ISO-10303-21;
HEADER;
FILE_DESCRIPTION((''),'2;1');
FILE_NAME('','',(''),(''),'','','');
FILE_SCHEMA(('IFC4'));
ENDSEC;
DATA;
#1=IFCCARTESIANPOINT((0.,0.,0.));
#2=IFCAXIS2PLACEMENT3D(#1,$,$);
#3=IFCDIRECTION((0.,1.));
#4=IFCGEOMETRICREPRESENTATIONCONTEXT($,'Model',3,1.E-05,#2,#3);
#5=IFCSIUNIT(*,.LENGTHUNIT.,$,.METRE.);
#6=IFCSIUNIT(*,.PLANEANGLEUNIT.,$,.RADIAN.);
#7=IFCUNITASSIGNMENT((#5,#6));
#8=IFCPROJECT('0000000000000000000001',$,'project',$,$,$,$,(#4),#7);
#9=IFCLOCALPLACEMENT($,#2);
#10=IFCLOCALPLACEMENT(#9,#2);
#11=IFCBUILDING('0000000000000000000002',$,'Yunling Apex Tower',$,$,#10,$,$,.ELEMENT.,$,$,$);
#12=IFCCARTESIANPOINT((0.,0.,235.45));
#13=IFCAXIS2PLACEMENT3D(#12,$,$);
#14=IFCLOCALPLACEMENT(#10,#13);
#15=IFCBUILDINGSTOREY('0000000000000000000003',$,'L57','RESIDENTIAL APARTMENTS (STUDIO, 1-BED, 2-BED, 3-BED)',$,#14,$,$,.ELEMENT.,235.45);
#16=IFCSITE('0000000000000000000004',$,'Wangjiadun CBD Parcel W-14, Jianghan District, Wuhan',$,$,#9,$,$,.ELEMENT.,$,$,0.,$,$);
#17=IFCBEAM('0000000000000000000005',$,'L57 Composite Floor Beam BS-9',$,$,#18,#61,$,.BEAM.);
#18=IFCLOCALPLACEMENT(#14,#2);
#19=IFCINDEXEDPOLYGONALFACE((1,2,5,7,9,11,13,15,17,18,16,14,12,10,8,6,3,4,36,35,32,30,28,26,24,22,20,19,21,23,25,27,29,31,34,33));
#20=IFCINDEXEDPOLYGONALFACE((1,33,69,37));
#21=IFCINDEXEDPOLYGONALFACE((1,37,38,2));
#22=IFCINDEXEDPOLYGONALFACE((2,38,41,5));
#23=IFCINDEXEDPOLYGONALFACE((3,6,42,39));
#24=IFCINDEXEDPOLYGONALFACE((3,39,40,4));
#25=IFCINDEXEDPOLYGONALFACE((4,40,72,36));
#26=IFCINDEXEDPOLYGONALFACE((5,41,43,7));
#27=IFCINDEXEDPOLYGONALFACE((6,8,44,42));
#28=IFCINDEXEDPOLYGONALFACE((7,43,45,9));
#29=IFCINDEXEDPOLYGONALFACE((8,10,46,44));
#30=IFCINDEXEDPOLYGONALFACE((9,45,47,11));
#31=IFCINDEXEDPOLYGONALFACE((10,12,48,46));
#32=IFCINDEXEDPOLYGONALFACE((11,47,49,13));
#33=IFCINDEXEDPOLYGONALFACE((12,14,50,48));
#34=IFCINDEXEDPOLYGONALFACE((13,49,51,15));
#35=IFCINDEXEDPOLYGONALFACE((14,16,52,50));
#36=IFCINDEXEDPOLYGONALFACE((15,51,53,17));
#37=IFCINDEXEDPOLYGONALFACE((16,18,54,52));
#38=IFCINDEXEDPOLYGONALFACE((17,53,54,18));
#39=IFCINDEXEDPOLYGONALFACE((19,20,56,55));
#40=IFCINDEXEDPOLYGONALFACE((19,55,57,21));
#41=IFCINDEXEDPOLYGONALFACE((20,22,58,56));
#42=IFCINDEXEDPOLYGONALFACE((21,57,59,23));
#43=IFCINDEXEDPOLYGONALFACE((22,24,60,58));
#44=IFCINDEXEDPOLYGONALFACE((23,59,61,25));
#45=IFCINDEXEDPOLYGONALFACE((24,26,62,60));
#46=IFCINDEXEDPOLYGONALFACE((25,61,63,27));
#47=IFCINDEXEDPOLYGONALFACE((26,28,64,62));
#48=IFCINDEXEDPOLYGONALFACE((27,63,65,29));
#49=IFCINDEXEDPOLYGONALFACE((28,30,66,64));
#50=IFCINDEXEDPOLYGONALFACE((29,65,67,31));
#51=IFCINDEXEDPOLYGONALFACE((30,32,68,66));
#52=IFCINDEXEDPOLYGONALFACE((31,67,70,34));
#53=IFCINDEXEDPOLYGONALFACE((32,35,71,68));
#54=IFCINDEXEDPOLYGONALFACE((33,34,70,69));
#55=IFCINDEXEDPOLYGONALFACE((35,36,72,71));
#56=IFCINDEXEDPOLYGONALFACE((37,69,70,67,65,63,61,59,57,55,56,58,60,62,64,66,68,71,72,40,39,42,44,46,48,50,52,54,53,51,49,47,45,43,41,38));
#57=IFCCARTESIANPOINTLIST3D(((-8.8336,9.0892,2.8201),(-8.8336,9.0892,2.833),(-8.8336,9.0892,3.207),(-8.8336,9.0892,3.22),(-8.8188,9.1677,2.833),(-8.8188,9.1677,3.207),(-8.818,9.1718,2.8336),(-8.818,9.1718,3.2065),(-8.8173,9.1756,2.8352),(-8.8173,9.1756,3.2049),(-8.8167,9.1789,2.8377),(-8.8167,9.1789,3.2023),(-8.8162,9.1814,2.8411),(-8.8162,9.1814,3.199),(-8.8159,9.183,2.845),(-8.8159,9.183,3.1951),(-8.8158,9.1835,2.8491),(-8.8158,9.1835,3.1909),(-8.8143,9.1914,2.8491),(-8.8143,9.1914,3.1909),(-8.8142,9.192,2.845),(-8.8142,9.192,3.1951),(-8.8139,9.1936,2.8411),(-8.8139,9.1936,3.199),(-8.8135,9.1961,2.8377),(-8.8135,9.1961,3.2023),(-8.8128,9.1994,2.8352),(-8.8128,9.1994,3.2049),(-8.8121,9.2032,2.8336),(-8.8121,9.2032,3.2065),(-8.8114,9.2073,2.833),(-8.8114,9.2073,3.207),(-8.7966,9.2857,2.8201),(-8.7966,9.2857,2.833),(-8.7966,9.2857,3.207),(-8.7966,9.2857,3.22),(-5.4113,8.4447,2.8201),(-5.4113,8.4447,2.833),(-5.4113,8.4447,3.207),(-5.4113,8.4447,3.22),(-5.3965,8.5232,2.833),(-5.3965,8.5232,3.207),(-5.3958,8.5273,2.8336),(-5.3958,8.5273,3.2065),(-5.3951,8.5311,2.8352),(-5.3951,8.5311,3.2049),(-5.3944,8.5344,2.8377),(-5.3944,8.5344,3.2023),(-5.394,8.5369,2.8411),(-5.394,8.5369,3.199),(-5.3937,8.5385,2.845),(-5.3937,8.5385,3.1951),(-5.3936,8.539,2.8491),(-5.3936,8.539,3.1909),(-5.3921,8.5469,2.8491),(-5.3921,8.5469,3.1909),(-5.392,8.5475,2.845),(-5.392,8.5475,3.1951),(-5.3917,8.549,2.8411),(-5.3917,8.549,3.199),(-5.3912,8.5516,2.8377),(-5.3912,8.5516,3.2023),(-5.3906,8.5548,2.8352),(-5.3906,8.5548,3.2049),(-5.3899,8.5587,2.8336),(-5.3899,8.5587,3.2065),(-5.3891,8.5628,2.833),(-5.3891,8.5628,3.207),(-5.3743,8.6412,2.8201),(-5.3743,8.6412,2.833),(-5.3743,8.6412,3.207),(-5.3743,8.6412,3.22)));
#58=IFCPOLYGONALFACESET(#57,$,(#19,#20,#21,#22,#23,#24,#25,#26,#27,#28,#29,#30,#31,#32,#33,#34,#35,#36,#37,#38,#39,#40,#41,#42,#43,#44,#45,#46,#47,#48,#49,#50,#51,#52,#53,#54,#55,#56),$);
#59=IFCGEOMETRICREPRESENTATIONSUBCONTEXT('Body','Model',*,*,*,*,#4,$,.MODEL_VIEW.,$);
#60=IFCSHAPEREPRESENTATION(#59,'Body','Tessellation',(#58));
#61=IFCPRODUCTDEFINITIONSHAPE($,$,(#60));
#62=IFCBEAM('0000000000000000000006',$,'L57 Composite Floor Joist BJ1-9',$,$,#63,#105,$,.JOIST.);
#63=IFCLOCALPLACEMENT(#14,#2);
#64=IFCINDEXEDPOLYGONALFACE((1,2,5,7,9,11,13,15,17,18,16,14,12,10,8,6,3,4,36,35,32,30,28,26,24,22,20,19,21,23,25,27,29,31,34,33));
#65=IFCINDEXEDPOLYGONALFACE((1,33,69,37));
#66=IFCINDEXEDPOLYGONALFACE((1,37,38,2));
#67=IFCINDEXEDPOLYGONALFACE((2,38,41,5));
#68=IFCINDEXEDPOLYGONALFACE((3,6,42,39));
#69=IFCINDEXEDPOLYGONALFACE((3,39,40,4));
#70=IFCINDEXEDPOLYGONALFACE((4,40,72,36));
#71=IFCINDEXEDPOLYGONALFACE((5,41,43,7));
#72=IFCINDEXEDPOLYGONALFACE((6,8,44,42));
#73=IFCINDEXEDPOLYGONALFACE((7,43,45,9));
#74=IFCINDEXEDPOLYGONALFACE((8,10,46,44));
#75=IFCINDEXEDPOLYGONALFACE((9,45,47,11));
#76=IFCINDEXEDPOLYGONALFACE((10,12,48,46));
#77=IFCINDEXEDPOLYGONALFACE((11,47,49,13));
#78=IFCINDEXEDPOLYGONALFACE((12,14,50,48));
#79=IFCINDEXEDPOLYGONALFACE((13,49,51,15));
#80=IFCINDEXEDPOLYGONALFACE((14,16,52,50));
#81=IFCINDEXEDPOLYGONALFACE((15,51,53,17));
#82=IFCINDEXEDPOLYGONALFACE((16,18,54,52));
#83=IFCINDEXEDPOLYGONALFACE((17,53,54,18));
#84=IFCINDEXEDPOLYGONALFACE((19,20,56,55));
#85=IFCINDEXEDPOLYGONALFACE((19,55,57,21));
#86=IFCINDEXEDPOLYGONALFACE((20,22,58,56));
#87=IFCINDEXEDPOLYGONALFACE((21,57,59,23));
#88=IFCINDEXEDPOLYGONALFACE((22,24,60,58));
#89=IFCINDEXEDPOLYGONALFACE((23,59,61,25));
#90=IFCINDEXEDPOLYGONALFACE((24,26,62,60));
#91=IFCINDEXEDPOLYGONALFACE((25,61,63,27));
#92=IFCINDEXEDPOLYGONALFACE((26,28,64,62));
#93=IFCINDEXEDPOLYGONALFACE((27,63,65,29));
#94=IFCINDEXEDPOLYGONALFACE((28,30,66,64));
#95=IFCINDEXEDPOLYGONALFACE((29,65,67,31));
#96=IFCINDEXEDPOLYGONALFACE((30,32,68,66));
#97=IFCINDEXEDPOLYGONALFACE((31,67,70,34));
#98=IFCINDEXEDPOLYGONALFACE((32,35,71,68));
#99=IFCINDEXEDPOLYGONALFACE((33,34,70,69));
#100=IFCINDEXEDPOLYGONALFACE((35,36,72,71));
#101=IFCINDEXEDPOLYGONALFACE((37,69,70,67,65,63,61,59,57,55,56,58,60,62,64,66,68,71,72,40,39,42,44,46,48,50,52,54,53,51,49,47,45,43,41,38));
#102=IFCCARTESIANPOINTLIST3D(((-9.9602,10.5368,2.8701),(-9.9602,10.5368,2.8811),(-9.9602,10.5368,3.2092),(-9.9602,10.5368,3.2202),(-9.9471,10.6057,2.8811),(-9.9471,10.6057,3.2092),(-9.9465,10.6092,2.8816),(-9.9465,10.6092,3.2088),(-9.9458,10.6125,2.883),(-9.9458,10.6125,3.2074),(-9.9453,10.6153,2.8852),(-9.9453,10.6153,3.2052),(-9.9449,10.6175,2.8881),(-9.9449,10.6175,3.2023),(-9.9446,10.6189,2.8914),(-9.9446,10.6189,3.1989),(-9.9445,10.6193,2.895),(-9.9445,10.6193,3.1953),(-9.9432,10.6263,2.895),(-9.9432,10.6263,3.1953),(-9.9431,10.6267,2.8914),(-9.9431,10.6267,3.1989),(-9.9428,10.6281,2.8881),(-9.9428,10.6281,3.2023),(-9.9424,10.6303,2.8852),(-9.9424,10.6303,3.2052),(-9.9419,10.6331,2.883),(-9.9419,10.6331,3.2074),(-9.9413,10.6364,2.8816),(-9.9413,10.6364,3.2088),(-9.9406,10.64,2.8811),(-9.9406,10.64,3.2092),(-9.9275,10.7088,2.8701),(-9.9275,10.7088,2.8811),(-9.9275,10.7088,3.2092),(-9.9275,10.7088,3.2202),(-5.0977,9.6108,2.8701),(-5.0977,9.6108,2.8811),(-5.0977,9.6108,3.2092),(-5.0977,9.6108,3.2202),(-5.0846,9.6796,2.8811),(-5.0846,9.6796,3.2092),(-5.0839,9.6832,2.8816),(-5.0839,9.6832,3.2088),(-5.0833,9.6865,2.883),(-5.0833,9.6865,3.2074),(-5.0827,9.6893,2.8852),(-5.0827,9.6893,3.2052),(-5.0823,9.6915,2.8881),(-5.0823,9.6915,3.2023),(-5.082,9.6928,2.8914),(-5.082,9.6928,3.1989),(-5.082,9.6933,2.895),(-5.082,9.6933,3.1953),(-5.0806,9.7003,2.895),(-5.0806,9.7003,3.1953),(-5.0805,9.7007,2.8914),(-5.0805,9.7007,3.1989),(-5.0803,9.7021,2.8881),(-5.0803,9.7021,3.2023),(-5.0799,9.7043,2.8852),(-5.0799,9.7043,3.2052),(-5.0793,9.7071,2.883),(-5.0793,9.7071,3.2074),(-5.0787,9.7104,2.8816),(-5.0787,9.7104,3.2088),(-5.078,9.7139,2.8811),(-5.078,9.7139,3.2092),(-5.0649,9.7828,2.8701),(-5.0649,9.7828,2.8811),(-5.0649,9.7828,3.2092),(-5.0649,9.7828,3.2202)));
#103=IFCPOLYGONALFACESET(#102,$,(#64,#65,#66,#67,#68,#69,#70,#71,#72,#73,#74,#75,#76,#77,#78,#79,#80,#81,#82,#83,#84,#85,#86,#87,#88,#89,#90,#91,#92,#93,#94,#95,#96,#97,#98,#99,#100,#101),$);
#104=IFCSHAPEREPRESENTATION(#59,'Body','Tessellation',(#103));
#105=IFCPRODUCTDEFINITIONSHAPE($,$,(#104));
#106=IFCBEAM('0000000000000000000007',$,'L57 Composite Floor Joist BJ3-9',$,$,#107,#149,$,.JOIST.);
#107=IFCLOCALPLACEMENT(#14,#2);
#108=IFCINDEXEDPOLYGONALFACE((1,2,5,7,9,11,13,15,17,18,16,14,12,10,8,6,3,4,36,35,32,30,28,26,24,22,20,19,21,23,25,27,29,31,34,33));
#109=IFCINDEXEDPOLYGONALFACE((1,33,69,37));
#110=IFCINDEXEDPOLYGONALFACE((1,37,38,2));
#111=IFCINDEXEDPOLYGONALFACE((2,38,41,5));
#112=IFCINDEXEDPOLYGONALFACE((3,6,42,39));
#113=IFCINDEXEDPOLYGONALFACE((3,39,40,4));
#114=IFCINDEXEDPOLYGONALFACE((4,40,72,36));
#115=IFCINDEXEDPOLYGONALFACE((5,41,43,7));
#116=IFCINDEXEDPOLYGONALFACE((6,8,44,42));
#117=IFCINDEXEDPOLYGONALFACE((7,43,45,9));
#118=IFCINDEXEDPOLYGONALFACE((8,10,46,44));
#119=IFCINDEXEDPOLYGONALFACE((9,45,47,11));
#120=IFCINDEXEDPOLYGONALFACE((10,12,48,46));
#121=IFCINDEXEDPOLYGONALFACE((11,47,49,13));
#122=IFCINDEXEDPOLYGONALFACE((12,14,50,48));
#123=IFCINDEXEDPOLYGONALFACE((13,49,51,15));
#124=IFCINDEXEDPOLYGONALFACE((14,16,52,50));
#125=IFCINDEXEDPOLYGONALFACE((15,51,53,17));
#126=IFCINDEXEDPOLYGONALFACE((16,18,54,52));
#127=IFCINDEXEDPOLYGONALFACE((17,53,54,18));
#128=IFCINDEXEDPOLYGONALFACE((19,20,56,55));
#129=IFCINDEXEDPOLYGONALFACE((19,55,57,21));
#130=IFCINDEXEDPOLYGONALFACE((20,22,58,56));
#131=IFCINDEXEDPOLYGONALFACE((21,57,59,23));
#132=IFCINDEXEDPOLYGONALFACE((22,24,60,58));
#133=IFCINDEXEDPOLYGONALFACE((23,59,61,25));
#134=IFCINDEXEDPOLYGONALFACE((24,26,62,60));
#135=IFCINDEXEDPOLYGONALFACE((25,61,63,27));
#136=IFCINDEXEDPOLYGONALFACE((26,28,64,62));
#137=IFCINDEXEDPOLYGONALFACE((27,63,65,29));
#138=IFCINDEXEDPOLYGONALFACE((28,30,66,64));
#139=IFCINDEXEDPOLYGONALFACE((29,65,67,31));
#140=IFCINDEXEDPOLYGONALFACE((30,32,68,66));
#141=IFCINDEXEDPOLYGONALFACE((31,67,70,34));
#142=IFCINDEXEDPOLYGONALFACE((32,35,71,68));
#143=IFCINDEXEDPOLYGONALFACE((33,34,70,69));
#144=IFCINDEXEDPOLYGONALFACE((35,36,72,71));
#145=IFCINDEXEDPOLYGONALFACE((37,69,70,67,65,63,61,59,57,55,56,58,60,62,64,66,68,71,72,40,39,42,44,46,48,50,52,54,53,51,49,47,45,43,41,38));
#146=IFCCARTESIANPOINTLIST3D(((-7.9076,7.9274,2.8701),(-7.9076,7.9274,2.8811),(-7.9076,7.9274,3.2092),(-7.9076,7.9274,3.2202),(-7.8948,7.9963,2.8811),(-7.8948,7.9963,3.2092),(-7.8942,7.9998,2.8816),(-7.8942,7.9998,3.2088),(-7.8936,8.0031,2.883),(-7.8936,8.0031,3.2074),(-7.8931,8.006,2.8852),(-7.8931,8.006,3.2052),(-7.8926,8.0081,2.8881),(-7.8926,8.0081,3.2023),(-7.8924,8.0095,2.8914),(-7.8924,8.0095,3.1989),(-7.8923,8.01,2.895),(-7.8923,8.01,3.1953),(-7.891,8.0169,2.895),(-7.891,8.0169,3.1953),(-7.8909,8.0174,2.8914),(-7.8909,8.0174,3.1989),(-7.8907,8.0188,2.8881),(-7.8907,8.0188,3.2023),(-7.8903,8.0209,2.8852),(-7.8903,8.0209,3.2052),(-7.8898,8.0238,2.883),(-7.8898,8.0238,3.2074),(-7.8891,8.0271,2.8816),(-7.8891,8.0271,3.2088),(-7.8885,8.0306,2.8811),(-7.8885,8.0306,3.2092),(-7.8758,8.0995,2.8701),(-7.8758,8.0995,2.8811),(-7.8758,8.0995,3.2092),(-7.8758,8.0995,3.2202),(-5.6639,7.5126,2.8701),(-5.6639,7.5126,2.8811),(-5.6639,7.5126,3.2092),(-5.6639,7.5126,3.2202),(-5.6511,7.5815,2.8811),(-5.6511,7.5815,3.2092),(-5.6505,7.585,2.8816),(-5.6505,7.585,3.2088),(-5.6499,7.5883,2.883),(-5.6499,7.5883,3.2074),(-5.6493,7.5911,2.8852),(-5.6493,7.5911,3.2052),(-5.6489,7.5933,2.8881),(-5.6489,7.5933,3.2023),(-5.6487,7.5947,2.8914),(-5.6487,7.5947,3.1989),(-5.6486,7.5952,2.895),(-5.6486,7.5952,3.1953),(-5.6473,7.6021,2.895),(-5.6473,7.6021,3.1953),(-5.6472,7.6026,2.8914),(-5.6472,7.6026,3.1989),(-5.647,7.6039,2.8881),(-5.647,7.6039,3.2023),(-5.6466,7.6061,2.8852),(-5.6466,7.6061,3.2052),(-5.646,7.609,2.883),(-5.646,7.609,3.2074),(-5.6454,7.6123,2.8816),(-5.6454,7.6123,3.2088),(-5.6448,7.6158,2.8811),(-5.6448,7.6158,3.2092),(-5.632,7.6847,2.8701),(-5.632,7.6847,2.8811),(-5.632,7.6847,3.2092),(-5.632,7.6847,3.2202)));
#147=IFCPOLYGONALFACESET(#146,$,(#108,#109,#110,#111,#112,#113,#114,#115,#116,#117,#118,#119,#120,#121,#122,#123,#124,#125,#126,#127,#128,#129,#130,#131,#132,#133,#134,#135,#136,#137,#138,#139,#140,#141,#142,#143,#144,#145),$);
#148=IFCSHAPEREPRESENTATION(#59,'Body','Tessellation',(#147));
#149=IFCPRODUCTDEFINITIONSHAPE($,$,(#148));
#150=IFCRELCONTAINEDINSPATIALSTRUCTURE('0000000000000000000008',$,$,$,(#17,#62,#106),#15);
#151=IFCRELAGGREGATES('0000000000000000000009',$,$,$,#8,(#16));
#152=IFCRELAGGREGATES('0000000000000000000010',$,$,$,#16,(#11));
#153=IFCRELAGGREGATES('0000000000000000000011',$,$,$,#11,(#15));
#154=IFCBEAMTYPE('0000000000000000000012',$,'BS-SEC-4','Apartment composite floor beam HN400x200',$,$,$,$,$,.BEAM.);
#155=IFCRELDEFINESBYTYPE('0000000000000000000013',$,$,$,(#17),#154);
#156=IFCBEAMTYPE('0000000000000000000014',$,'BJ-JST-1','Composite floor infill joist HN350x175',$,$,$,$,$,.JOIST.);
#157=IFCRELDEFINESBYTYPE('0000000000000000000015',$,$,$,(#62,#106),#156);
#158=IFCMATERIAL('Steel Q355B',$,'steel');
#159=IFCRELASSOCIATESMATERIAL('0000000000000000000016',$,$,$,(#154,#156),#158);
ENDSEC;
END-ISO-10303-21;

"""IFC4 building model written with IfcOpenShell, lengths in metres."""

from ifc_helpers import new_model, si_unit, direction, frame, origin, origin_2d, place, context, subcontext, project, spatial, i_section, extrude, source, transform, mapped, material, material_profile, profile_set, type_object, element, save


model = new_model("IFC4")

# Units and contexts
model_context = context("Model", 3, precision=1e-05, world=origin(), true_north=direction((0.0, 1.0)))
body_context = subcontext(model_context, "Body", "Model", "MODEL_VIEW")
ifc_project = project(units=[si_unit("LENGTHUNIT", "METRE"), si_unit("PLANEANGLEUNIT", "RADIAN")], contexts=[model_context])

# Site, building, storey
site_placement = place(None, origin())
site = spatial("IfcSite", under=ifc_project, at=site_placement, Name="Wangjiadun CBD Parcel W-14, Jianghan District, Wuhan", CompositionType="ELEMENT", RefElevation=0.0)
building_placement = place(site_placement, origin())
building = spatial("IfcBuilding", under=site, at=building_placement, Name="Yunling Apex Tower", CompositionType="ELEMENT")
storey_placement = place(building_placement, frame((0.0, 0.0, 235.45)))
storey = spatial("IfcBuildingStorey", under=building, at=storey_placement, Name="L57", Description="RESIDENTIAL APARTMENTS (STUDIO, 1-BED, 2-BED, 3-BED)", CompositionType="ELEMENT", Elevation=235.45)

# Beams
ifc_material_1 = material(Name="Steel Q355B", Category="steel")
ifc_material_profile_1 = material_profile(ifc_material_1, i_section(OverallWidth=0.2, OverallDepth=0.3999, WebThickness=0.0081, FlangeThickness=0.0129, FilletRadius=0.0161, at=origin_2d()))
ifc_profile_set_1 = profile_set([ifc_material_profile_1], Name="Steel Q355B")
beam_type_1 = type_object("IfcBeamType", Name="BS-SEC-4", Description="Apartment composite floor beam HN400x200", PredefinedType="BEAM", material=ifc_profile_set_1)
shared_shape_1 = source(origin(), body_context, "Body", "SweptSolid", [
    extrude(i_section(OverallWidth=0.2, OverallDepth=0.3999, WebThickness=0.0081, FlangeThickness=0.0129, FilletRadius=0.0161, at=origin_2d()), origin(), (0.0, 0.0, 1.0), 3.4824),
])
beam_1_placement = place(storey_placement, frame((-5.3928, 8.543, 3.02), z_axis=(-0.982724, 0.185076, 0.0), x_axis=(-0.185076, -0.982724, 0.0)))
element("IfcBeam", 1, at=beam_1_placement, inside=storey, type_object=beam_type_1, Name="L57 Composite Floor Beam BS-9", PredefinedType="BEAM", context=body_context, shape_type="MappedRepresentation", body=[
    mapped(shared_shape_1, transform((0.0, 0.0, 0.0), scale=1.0)),
])
ifc_material_profile_2 = material_profile(ifc_material_1, i_section(OverallWidth=0.175, OverallDepth=0.3501, WebThickness=0.0071, FlangeThickness=0.011, FilletRadius=0.0139, at=origin_2d()))
ifc_profile_set_2 = profile_set([ifc_material_profile_2], Name="Steel Q355B")
beam_type_2 = type_object("IfcBeamType", Name="BJ-JST-1", Description="Composite floor infill joist HN350x175", PredefinedType="JOIST", material=ifc_profile_set_2)
shared_shape_2 = source(origin(), body_context, "Body", "SweptSolid", [
    extrude(i_section(OverallWidth=0.175, OverallDepth=0.3501, WebThickness=0.0071, FlangeThickness=0.011, FilletRadius=0.0139, at=origin_2d()), origin(), (0.0, 0.0, 1.0), 4.95),
])
beam_2_placement = place(storey_placement, frame((-5.0813, 9.6968, 3.0452), z_axis=(-0.982345, 0.187078, 0.0), x_axis=(-0.187078, -0.982345, 0.0)))
element("IfcBeam", 2, at=beam_2_placement, inside=storey, type_object=beam_type_2, Name="L57 Composite Floor Joist BJ1-9", PredefinedType="JOIST", context=body_context, shape_type="MappedRepresentation", body=[
    mapped(shared_shape_2, transform((0.0, 0.0, 0.0), scale=1.0)),
])
shared_shape_3 = source(origin(), body_context, "Body", "SweptSolid", [
    extrude(i_section(OverallWidth=0.175, OverallDepth=0.3501, WebThickness=0.0071, FlangeThickness=0.011, FilletRadius=0.0139, at=origin_2d()), origin(), (0.0, 0.0, 1.0), 2.2817),
])
beam_3_placement = place(storey_placement, frame((-5.6479, 7.5986, 3.0452), z_axis=(-0.983337, 0.181794, 0.0), x_axis=(-0.181794, -0.983337, 0.0)))
element("IfcBeam", 3, at=beam_3_placement, inside=storey, type_object=beam_type_2, Name="L57 Composite Floor Joist BJ3-9", PredefinedType="JOIST", context=body_context, shape_type="MappedRepresentation", body=[
    mapped(shared_shape_3, transform((0.0, 0.0, 0.0), scale=1.0)),
])

save(model, "model.ifc")
